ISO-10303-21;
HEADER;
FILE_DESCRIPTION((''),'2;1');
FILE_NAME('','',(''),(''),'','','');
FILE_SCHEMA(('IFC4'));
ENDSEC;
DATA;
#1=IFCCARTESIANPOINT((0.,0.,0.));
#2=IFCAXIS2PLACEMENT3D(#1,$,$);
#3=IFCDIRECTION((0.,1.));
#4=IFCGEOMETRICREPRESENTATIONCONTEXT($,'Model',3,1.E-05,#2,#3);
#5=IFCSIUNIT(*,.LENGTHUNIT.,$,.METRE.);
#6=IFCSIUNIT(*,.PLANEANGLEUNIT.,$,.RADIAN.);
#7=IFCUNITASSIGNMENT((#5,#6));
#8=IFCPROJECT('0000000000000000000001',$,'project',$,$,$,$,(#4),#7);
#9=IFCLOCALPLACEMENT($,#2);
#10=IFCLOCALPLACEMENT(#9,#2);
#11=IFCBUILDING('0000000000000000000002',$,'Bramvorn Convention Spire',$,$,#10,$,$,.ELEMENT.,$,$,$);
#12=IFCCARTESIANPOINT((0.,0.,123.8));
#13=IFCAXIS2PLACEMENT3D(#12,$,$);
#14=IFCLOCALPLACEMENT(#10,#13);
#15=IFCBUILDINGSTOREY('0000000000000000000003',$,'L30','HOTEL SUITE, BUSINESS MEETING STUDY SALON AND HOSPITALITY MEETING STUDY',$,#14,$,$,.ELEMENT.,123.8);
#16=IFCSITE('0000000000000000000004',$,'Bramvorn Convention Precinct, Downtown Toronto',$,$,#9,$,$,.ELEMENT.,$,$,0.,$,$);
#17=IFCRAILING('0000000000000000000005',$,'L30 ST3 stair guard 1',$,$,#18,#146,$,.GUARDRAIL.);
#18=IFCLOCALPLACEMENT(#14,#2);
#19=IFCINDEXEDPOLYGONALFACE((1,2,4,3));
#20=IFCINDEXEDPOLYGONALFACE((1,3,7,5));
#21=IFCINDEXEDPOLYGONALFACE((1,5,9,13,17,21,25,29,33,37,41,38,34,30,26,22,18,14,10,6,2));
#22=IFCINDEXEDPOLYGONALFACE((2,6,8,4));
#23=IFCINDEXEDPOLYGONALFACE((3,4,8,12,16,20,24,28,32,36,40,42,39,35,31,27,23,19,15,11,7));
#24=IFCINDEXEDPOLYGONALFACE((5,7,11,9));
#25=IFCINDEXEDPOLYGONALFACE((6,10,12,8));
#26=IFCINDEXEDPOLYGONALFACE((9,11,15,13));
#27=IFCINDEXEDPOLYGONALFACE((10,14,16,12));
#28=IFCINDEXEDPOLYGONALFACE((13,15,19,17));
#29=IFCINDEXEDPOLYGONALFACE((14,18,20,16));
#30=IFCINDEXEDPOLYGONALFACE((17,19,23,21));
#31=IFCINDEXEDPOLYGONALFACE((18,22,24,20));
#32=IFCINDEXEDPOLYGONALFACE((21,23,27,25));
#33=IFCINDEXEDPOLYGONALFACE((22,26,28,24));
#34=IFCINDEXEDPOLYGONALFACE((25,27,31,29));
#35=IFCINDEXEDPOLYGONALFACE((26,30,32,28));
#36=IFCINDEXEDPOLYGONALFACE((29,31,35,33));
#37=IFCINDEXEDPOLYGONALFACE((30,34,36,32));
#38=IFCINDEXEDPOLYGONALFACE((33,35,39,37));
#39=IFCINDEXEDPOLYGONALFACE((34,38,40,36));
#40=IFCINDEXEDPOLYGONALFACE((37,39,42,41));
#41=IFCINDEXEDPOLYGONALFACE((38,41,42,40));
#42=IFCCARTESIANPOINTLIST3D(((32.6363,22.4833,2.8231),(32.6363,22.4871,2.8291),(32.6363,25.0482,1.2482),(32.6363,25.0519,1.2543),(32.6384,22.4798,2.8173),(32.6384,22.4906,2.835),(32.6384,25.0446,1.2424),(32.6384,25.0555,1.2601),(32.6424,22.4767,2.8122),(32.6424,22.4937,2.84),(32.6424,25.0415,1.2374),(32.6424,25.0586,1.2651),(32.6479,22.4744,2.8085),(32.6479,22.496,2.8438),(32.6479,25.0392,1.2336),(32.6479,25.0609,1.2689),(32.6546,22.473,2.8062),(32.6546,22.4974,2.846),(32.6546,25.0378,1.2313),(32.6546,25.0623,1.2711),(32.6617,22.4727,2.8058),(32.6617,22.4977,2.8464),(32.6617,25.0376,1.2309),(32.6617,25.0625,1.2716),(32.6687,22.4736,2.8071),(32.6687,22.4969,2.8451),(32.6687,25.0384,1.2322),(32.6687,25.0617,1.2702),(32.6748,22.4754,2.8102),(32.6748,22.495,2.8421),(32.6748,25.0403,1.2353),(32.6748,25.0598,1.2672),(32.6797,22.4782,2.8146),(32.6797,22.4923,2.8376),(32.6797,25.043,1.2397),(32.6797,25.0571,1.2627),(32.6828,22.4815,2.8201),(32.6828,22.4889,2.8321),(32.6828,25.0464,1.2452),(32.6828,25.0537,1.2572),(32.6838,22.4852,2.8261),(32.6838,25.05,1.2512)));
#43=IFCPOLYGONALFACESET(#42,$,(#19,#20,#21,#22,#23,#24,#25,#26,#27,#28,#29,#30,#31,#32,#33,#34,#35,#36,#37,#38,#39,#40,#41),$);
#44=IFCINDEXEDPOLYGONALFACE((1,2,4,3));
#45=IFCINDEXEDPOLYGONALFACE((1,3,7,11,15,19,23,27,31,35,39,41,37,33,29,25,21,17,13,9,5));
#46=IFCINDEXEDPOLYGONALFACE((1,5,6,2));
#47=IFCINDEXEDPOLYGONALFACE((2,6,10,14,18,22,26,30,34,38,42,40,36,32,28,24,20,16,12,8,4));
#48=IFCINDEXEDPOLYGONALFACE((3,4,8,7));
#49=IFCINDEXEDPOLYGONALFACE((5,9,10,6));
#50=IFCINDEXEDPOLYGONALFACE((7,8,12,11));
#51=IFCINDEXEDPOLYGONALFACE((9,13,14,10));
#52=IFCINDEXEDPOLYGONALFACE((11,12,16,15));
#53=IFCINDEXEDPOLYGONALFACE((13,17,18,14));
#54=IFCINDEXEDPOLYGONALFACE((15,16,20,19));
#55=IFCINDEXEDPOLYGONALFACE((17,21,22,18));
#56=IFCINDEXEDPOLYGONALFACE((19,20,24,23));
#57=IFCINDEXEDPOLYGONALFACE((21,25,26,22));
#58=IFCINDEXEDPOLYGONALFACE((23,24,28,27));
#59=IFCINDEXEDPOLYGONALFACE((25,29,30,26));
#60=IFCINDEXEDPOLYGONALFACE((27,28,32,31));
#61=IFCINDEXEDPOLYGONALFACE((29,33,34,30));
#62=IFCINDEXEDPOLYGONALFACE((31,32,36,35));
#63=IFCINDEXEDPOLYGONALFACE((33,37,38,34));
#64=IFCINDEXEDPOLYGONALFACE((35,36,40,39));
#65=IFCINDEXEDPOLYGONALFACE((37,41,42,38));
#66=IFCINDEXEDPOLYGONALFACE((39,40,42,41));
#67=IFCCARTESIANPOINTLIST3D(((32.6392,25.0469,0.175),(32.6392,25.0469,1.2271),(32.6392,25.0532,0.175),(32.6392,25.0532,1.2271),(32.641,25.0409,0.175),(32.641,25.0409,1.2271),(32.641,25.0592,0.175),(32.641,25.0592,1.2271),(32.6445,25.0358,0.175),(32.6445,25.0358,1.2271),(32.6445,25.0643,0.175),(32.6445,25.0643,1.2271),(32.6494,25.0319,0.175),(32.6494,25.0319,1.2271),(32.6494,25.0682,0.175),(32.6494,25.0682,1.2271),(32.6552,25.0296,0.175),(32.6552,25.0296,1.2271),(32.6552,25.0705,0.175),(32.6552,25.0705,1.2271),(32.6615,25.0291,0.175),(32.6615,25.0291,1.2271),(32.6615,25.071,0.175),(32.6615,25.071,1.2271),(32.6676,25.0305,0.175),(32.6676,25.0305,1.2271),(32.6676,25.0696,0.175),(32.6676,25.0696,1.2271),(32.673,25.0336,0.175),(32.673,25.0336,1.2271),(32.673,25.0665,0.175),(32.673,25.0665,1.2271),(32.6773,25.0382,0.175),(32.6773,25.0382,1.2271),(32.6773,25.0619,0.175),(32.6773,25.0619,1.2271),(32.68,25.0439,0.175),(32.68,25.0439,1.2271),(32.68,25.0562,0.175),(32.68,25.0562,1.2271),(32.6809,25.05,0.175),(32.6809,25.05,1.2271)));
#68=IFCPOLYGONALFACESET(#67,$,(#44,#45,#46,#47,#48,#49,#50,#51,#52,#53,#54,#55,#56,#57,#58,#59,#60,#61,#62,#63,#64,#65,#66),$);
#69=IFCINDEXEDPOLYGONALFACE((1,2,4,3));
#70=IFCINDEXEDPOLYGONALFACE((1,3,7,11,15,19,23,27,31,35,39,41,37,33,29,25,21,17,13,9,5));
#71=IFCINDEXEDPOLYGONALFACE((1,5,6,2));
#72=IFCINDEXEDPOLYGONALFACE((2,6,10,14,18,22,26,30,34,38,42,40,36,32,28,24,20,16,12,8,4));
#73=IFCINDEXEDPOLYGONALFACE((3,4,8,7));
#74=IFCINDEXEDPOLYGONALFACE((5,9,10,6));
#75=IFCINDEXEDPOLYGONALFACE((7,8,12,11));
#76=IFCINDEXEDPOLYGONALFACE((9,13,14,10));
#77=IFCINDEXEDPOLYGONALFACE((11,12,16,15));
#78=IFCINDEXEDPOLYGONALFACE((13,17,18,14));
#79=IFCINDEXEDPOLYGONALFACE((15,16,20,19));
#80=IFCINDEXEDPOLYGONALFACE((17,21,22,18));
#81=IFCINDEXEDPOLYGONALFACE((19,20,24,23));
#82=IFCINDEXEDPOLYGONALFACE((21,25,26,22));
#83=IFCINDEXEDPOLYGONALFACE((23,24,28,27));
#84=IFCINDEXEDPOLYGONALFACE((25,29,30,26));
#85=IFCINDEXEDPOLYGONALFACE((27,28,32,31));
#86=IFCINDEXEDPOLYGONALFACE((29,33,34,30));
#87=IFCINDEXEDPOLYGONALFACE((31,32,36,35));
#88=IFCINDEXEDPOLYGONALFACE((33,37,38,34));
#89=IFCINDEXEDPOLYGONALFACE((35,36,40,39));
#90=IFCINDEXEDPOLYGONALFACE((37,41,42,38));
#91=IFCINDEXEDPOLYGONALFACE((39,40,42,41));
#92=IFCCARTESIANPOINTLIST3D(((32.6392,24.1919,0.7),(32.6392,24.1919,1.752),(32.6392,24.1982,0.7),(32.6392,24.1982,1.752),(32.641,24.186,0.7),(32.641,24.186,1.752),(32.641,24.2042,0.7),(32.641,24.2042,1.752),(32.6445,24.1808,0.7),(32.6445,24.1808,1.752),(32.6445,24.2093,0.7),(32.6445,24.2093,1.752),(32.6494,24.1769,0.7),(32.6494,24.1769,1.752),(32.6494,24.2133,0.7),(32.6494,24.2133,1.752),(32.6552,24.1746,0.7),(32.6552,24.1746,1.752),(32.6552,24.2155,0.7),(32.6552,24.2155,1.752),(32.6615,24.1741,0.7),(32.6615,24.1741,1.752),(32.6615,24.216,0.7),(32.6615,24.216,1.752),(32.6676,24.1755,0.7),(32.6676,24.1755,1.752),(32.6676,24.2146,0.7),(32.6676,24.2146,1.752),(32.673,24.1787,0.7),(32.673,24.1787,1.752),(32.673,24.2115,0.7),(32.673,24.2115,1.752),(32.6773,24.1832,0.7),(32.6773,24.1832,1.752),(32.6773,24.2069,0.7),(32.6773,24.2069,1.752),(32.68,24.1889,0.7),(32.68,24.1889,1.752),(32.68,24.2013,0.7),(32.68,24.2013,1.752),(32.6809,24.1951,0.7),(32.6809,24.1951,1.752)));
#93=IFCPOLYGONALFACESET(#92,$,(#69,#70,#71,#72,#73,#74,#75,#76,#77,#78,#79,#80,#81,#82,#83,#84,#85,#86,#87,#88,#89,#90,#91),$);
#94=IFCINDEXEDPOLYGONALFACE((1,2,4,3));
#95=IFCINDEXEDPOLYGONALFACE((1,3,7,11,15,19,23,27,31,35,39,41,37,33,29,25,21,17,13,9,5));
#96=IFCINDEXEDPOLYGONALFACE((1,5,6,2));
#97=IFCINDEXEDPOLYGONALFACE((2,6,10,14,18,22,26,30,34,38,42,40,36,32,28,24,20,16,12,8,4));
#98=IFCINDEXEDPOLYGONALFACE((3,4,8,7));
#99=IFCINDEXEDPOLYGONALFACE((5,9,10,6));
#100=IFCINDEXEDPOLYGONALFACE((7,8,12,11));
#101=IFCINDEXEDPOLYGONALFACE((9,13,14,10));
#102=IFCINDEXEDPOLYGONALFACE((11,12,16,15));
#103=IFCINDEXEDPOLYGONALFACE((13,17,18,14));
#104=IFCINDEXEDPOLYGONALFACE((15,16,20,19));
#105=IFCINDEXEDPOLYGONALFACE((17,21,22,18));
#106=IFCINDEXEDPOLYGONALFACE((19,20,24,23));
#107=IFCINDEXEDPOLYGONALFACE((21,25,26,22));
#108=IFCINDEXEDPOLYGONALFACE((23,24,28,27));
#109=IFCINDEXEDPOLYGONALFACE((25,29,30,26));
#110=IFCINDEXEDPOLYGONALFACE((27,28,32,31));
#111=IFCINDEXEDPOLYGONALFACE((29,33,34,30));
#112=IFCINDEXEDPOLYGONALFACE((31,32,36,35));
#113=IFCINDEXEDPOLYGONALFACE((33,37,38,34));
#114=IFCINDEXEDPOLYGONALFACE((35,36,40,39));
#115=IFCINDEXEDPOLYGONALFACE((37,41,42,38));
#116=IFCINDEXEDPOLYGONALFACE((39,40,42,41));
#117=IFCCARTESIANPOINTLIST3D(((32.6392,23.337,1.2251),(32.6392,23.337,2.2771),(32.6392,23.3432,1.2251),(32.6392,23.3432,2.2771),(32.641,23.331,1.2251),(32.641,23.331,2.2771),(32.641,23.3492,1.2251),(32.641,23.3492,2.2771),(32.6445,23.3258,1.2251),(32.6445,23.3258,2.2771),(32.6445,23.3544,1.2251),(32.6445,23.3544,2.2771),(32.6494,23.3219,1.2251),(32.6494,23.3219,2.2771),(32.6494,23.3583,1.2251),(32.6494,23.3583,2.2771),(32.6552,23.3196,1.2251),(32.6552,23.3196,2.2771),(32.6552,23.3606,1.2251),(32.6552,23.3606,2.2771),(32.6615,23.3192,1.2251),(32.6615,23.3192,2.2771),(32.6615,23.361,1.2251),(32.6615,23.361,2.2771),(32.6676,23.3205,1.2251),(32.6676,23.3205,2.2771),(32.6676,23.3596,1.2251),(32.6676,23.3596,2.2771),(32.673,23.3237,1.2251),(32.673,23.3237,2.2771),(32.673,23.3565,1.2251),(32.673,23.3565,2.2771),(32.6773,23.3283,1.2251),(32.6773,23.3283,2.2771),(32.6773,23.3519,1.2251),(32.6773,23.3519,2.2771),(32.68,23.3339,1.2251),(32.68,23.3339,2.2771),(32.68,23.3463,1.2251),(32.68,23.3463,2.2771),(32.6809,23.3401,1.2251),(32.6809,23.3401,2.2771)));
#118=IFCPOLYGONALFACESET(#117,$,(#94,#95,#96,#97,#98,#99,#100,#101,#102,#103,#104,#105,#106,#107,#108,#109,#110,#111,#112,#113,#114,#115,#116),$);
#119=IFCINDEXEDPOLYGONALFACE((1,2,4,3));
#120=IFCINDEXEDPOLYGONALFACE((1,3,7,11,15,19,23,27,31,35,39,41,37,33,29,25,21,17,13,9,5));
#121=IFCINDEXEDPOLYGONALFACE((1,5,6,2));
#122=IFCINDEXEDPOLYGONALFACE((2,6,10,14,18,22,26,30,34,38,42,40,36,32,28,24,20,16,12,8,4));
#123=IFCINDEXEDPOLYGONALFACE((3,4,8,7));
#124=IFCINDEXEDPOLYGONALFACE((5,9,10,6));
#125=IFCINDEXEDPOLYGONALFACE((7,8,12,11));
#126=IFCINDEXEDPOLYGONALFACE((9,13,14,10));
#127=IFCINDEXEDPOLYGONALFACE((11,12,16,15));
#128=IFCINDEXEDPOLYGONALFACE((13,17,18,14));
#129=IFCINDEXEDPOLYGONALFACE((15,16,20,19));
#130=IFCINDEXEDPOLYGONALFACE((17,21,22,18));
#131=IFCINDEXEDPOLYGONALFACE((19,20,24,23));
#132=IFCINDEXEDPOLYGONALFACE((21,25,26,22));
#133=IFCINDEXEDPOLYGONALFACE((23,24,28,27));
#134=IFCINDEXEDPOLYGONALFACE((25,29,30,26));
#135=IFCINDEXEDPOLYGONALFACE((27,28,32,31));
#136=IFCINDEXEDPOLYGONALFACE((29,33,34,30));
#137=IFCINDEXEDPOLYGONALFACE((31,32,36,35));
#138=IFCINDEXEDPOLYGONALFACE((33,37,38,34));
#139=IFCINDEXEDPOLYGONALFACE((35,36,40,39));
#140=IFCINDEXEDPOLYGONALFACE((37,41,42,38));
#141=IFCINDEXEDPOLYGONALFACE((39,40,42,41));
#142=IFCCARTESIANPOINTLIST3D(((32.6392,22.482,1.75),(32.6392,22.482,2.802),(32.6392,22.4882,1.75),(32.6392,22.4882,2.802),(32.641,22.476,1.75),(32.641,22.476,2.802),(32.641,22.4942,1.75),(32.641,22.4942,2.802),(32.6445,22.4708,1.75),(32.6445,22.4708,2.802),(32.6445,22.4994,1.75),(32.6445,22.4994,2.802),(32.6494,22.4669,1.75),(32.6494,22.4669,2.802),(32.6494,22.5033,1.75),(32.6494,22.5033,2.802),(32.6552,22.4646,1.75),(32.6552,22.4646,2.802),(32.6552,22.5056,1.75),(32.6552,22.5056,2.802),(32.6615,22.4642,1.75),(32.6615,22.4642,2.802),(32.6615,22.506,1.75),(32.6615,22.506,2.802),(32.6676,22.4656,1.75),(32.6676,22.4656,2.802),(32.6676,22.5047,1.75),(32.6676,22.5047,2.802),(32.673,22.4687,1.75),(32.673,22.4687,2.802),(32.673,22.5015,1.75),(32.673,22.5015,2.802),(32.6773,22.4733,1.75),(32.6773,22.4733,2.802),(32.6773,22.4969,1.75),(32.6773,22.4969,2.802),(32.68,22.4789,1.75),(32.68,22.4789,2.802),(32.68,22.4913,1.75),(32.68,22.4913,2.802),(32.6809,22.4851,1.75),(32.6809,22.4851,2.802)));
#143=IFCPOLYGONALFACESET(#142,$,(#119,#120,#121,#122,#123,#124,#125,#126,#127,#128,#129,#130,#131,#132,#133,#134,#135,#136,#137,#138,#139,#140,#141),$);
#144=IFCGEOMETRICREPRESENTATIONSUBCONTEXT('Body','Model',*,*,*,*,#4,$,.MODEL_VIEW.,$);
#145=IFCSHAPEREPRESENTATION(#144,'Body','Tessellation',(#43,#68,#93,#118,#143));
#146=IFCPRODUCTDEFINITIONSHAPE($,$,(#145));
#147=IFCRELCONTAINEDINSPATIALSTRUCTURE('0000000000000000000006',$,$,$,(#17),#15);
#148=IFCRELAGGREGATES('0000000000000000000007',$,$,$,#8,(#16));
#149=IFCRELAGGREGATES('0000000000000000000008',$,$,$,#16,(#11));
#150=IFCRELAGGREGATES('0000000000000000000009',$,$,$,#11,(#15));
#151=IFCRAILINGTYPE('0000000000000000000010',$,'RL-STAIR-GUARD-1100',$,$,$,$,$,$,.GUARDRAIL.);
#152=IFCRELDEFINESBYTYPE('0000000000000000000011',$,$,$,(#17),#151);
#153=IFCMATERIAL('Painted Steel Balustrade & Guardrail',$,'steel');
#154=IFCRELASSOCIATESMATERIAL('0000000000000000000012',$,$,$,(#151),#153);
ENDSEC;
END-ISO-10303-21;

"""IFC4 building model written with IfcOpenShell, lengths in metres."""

from ifc_helpers import new_model, si_unit, direction, frame, origin, origin_2d, place, context, subcontext, project, spatial, circle, extrude, material, type_object, element, save


model = new_model("IFC4")

# Units and contexts
model_context = context("Model", 3, precision=1e-05, world=origin(), true_north=direction((0.0, 1.0)))
body_context = subcontext(model_context, "Body", "Model", "MODEL_VIEW")
ifc_project = project(units=[si_unit("LENGTHUNIT", "METRE"), si_unit("PLANEANGLEUNIT", "RADIAN")], contexts=[model_context])

# Site, building, storey
site_placement = place(None, origin())
site = spatial("IfcSite", under=ifc_project, at=site_placement, Name="Bramvorn Convention Precinct, Downtown Toronto", CompositionType="ELEMENT", RefElevation=0.0)
building_placement = place(site_placement, origin())
building = spatial("IfcBuilding", under=site, at=building_placement, Name="Bramvorn Convention Spire", CompositionType="ELEMENT")
storey_placement = place(building_placement, frame((0.0, 0.0, 123.8)))
storey = spatial("IfcBuildingStorey", under=building, at=storey_placement, Name="L30", Description="HOTEL SUITE, BUSINESS MEETING STUDY SALON AND HOSPITALITY MEETING STUDY", CompositionType="ELEMENT", Elevation=123.8)

# Railing
ifc_material_1 = material(Name="Painted Steel Balustrade & Guardrail", Category="steel")
railing_type_1 = type_object("IfcRailingType", Name="RL-STAIR-GUARD-1100", PredefinedType="GUARDRAIL", material=ifc_material_1)
railing_1_placement = place(storey_placement, frame((32.6599, 25.05, 0.175)))
element("IfcRailing", 1, at=railing_1_placement, inside=storey, type_object=railing_type_1, Name="L30 ST3 stair guard 1", PredefinedType="GUARDRAIL", context=body_context, shape_type="SweptSolid", body=[
    extrude(circle(Radius=0.0239, at=origin_2d()), frame((0.0, 0.0, 1.0762), z_axis=(0.0, -0.852173, 0.52326), x_axis=(1.0, 0.0, 0.0)), (0.0, 0.0, 1.0), 3.0098),
    extrude(circle(Radius=0.021, at=origin_2d()), origin(), (0.0, 0.0, 1.0), 1.052),
    extrude(circle(Radius=0.021, at=origin_2d()), frame((0.0, -0.855, 0.5249)), (0.0, 0.0, 1.0), 1.052),
    extrude(circle(Radius=0.021, at=origin_2d()), frame((0.0, -1.71, 1.05)), (0.0, 0.0, 1.0), 1.052),
    extrude(circle(Radius=0.021, at=origin_2d()), frame((0.0, -2.5649, 1.575)), (0.0, 0.0, 1.0), 1.052),
])

save(model, "model.ifc")
